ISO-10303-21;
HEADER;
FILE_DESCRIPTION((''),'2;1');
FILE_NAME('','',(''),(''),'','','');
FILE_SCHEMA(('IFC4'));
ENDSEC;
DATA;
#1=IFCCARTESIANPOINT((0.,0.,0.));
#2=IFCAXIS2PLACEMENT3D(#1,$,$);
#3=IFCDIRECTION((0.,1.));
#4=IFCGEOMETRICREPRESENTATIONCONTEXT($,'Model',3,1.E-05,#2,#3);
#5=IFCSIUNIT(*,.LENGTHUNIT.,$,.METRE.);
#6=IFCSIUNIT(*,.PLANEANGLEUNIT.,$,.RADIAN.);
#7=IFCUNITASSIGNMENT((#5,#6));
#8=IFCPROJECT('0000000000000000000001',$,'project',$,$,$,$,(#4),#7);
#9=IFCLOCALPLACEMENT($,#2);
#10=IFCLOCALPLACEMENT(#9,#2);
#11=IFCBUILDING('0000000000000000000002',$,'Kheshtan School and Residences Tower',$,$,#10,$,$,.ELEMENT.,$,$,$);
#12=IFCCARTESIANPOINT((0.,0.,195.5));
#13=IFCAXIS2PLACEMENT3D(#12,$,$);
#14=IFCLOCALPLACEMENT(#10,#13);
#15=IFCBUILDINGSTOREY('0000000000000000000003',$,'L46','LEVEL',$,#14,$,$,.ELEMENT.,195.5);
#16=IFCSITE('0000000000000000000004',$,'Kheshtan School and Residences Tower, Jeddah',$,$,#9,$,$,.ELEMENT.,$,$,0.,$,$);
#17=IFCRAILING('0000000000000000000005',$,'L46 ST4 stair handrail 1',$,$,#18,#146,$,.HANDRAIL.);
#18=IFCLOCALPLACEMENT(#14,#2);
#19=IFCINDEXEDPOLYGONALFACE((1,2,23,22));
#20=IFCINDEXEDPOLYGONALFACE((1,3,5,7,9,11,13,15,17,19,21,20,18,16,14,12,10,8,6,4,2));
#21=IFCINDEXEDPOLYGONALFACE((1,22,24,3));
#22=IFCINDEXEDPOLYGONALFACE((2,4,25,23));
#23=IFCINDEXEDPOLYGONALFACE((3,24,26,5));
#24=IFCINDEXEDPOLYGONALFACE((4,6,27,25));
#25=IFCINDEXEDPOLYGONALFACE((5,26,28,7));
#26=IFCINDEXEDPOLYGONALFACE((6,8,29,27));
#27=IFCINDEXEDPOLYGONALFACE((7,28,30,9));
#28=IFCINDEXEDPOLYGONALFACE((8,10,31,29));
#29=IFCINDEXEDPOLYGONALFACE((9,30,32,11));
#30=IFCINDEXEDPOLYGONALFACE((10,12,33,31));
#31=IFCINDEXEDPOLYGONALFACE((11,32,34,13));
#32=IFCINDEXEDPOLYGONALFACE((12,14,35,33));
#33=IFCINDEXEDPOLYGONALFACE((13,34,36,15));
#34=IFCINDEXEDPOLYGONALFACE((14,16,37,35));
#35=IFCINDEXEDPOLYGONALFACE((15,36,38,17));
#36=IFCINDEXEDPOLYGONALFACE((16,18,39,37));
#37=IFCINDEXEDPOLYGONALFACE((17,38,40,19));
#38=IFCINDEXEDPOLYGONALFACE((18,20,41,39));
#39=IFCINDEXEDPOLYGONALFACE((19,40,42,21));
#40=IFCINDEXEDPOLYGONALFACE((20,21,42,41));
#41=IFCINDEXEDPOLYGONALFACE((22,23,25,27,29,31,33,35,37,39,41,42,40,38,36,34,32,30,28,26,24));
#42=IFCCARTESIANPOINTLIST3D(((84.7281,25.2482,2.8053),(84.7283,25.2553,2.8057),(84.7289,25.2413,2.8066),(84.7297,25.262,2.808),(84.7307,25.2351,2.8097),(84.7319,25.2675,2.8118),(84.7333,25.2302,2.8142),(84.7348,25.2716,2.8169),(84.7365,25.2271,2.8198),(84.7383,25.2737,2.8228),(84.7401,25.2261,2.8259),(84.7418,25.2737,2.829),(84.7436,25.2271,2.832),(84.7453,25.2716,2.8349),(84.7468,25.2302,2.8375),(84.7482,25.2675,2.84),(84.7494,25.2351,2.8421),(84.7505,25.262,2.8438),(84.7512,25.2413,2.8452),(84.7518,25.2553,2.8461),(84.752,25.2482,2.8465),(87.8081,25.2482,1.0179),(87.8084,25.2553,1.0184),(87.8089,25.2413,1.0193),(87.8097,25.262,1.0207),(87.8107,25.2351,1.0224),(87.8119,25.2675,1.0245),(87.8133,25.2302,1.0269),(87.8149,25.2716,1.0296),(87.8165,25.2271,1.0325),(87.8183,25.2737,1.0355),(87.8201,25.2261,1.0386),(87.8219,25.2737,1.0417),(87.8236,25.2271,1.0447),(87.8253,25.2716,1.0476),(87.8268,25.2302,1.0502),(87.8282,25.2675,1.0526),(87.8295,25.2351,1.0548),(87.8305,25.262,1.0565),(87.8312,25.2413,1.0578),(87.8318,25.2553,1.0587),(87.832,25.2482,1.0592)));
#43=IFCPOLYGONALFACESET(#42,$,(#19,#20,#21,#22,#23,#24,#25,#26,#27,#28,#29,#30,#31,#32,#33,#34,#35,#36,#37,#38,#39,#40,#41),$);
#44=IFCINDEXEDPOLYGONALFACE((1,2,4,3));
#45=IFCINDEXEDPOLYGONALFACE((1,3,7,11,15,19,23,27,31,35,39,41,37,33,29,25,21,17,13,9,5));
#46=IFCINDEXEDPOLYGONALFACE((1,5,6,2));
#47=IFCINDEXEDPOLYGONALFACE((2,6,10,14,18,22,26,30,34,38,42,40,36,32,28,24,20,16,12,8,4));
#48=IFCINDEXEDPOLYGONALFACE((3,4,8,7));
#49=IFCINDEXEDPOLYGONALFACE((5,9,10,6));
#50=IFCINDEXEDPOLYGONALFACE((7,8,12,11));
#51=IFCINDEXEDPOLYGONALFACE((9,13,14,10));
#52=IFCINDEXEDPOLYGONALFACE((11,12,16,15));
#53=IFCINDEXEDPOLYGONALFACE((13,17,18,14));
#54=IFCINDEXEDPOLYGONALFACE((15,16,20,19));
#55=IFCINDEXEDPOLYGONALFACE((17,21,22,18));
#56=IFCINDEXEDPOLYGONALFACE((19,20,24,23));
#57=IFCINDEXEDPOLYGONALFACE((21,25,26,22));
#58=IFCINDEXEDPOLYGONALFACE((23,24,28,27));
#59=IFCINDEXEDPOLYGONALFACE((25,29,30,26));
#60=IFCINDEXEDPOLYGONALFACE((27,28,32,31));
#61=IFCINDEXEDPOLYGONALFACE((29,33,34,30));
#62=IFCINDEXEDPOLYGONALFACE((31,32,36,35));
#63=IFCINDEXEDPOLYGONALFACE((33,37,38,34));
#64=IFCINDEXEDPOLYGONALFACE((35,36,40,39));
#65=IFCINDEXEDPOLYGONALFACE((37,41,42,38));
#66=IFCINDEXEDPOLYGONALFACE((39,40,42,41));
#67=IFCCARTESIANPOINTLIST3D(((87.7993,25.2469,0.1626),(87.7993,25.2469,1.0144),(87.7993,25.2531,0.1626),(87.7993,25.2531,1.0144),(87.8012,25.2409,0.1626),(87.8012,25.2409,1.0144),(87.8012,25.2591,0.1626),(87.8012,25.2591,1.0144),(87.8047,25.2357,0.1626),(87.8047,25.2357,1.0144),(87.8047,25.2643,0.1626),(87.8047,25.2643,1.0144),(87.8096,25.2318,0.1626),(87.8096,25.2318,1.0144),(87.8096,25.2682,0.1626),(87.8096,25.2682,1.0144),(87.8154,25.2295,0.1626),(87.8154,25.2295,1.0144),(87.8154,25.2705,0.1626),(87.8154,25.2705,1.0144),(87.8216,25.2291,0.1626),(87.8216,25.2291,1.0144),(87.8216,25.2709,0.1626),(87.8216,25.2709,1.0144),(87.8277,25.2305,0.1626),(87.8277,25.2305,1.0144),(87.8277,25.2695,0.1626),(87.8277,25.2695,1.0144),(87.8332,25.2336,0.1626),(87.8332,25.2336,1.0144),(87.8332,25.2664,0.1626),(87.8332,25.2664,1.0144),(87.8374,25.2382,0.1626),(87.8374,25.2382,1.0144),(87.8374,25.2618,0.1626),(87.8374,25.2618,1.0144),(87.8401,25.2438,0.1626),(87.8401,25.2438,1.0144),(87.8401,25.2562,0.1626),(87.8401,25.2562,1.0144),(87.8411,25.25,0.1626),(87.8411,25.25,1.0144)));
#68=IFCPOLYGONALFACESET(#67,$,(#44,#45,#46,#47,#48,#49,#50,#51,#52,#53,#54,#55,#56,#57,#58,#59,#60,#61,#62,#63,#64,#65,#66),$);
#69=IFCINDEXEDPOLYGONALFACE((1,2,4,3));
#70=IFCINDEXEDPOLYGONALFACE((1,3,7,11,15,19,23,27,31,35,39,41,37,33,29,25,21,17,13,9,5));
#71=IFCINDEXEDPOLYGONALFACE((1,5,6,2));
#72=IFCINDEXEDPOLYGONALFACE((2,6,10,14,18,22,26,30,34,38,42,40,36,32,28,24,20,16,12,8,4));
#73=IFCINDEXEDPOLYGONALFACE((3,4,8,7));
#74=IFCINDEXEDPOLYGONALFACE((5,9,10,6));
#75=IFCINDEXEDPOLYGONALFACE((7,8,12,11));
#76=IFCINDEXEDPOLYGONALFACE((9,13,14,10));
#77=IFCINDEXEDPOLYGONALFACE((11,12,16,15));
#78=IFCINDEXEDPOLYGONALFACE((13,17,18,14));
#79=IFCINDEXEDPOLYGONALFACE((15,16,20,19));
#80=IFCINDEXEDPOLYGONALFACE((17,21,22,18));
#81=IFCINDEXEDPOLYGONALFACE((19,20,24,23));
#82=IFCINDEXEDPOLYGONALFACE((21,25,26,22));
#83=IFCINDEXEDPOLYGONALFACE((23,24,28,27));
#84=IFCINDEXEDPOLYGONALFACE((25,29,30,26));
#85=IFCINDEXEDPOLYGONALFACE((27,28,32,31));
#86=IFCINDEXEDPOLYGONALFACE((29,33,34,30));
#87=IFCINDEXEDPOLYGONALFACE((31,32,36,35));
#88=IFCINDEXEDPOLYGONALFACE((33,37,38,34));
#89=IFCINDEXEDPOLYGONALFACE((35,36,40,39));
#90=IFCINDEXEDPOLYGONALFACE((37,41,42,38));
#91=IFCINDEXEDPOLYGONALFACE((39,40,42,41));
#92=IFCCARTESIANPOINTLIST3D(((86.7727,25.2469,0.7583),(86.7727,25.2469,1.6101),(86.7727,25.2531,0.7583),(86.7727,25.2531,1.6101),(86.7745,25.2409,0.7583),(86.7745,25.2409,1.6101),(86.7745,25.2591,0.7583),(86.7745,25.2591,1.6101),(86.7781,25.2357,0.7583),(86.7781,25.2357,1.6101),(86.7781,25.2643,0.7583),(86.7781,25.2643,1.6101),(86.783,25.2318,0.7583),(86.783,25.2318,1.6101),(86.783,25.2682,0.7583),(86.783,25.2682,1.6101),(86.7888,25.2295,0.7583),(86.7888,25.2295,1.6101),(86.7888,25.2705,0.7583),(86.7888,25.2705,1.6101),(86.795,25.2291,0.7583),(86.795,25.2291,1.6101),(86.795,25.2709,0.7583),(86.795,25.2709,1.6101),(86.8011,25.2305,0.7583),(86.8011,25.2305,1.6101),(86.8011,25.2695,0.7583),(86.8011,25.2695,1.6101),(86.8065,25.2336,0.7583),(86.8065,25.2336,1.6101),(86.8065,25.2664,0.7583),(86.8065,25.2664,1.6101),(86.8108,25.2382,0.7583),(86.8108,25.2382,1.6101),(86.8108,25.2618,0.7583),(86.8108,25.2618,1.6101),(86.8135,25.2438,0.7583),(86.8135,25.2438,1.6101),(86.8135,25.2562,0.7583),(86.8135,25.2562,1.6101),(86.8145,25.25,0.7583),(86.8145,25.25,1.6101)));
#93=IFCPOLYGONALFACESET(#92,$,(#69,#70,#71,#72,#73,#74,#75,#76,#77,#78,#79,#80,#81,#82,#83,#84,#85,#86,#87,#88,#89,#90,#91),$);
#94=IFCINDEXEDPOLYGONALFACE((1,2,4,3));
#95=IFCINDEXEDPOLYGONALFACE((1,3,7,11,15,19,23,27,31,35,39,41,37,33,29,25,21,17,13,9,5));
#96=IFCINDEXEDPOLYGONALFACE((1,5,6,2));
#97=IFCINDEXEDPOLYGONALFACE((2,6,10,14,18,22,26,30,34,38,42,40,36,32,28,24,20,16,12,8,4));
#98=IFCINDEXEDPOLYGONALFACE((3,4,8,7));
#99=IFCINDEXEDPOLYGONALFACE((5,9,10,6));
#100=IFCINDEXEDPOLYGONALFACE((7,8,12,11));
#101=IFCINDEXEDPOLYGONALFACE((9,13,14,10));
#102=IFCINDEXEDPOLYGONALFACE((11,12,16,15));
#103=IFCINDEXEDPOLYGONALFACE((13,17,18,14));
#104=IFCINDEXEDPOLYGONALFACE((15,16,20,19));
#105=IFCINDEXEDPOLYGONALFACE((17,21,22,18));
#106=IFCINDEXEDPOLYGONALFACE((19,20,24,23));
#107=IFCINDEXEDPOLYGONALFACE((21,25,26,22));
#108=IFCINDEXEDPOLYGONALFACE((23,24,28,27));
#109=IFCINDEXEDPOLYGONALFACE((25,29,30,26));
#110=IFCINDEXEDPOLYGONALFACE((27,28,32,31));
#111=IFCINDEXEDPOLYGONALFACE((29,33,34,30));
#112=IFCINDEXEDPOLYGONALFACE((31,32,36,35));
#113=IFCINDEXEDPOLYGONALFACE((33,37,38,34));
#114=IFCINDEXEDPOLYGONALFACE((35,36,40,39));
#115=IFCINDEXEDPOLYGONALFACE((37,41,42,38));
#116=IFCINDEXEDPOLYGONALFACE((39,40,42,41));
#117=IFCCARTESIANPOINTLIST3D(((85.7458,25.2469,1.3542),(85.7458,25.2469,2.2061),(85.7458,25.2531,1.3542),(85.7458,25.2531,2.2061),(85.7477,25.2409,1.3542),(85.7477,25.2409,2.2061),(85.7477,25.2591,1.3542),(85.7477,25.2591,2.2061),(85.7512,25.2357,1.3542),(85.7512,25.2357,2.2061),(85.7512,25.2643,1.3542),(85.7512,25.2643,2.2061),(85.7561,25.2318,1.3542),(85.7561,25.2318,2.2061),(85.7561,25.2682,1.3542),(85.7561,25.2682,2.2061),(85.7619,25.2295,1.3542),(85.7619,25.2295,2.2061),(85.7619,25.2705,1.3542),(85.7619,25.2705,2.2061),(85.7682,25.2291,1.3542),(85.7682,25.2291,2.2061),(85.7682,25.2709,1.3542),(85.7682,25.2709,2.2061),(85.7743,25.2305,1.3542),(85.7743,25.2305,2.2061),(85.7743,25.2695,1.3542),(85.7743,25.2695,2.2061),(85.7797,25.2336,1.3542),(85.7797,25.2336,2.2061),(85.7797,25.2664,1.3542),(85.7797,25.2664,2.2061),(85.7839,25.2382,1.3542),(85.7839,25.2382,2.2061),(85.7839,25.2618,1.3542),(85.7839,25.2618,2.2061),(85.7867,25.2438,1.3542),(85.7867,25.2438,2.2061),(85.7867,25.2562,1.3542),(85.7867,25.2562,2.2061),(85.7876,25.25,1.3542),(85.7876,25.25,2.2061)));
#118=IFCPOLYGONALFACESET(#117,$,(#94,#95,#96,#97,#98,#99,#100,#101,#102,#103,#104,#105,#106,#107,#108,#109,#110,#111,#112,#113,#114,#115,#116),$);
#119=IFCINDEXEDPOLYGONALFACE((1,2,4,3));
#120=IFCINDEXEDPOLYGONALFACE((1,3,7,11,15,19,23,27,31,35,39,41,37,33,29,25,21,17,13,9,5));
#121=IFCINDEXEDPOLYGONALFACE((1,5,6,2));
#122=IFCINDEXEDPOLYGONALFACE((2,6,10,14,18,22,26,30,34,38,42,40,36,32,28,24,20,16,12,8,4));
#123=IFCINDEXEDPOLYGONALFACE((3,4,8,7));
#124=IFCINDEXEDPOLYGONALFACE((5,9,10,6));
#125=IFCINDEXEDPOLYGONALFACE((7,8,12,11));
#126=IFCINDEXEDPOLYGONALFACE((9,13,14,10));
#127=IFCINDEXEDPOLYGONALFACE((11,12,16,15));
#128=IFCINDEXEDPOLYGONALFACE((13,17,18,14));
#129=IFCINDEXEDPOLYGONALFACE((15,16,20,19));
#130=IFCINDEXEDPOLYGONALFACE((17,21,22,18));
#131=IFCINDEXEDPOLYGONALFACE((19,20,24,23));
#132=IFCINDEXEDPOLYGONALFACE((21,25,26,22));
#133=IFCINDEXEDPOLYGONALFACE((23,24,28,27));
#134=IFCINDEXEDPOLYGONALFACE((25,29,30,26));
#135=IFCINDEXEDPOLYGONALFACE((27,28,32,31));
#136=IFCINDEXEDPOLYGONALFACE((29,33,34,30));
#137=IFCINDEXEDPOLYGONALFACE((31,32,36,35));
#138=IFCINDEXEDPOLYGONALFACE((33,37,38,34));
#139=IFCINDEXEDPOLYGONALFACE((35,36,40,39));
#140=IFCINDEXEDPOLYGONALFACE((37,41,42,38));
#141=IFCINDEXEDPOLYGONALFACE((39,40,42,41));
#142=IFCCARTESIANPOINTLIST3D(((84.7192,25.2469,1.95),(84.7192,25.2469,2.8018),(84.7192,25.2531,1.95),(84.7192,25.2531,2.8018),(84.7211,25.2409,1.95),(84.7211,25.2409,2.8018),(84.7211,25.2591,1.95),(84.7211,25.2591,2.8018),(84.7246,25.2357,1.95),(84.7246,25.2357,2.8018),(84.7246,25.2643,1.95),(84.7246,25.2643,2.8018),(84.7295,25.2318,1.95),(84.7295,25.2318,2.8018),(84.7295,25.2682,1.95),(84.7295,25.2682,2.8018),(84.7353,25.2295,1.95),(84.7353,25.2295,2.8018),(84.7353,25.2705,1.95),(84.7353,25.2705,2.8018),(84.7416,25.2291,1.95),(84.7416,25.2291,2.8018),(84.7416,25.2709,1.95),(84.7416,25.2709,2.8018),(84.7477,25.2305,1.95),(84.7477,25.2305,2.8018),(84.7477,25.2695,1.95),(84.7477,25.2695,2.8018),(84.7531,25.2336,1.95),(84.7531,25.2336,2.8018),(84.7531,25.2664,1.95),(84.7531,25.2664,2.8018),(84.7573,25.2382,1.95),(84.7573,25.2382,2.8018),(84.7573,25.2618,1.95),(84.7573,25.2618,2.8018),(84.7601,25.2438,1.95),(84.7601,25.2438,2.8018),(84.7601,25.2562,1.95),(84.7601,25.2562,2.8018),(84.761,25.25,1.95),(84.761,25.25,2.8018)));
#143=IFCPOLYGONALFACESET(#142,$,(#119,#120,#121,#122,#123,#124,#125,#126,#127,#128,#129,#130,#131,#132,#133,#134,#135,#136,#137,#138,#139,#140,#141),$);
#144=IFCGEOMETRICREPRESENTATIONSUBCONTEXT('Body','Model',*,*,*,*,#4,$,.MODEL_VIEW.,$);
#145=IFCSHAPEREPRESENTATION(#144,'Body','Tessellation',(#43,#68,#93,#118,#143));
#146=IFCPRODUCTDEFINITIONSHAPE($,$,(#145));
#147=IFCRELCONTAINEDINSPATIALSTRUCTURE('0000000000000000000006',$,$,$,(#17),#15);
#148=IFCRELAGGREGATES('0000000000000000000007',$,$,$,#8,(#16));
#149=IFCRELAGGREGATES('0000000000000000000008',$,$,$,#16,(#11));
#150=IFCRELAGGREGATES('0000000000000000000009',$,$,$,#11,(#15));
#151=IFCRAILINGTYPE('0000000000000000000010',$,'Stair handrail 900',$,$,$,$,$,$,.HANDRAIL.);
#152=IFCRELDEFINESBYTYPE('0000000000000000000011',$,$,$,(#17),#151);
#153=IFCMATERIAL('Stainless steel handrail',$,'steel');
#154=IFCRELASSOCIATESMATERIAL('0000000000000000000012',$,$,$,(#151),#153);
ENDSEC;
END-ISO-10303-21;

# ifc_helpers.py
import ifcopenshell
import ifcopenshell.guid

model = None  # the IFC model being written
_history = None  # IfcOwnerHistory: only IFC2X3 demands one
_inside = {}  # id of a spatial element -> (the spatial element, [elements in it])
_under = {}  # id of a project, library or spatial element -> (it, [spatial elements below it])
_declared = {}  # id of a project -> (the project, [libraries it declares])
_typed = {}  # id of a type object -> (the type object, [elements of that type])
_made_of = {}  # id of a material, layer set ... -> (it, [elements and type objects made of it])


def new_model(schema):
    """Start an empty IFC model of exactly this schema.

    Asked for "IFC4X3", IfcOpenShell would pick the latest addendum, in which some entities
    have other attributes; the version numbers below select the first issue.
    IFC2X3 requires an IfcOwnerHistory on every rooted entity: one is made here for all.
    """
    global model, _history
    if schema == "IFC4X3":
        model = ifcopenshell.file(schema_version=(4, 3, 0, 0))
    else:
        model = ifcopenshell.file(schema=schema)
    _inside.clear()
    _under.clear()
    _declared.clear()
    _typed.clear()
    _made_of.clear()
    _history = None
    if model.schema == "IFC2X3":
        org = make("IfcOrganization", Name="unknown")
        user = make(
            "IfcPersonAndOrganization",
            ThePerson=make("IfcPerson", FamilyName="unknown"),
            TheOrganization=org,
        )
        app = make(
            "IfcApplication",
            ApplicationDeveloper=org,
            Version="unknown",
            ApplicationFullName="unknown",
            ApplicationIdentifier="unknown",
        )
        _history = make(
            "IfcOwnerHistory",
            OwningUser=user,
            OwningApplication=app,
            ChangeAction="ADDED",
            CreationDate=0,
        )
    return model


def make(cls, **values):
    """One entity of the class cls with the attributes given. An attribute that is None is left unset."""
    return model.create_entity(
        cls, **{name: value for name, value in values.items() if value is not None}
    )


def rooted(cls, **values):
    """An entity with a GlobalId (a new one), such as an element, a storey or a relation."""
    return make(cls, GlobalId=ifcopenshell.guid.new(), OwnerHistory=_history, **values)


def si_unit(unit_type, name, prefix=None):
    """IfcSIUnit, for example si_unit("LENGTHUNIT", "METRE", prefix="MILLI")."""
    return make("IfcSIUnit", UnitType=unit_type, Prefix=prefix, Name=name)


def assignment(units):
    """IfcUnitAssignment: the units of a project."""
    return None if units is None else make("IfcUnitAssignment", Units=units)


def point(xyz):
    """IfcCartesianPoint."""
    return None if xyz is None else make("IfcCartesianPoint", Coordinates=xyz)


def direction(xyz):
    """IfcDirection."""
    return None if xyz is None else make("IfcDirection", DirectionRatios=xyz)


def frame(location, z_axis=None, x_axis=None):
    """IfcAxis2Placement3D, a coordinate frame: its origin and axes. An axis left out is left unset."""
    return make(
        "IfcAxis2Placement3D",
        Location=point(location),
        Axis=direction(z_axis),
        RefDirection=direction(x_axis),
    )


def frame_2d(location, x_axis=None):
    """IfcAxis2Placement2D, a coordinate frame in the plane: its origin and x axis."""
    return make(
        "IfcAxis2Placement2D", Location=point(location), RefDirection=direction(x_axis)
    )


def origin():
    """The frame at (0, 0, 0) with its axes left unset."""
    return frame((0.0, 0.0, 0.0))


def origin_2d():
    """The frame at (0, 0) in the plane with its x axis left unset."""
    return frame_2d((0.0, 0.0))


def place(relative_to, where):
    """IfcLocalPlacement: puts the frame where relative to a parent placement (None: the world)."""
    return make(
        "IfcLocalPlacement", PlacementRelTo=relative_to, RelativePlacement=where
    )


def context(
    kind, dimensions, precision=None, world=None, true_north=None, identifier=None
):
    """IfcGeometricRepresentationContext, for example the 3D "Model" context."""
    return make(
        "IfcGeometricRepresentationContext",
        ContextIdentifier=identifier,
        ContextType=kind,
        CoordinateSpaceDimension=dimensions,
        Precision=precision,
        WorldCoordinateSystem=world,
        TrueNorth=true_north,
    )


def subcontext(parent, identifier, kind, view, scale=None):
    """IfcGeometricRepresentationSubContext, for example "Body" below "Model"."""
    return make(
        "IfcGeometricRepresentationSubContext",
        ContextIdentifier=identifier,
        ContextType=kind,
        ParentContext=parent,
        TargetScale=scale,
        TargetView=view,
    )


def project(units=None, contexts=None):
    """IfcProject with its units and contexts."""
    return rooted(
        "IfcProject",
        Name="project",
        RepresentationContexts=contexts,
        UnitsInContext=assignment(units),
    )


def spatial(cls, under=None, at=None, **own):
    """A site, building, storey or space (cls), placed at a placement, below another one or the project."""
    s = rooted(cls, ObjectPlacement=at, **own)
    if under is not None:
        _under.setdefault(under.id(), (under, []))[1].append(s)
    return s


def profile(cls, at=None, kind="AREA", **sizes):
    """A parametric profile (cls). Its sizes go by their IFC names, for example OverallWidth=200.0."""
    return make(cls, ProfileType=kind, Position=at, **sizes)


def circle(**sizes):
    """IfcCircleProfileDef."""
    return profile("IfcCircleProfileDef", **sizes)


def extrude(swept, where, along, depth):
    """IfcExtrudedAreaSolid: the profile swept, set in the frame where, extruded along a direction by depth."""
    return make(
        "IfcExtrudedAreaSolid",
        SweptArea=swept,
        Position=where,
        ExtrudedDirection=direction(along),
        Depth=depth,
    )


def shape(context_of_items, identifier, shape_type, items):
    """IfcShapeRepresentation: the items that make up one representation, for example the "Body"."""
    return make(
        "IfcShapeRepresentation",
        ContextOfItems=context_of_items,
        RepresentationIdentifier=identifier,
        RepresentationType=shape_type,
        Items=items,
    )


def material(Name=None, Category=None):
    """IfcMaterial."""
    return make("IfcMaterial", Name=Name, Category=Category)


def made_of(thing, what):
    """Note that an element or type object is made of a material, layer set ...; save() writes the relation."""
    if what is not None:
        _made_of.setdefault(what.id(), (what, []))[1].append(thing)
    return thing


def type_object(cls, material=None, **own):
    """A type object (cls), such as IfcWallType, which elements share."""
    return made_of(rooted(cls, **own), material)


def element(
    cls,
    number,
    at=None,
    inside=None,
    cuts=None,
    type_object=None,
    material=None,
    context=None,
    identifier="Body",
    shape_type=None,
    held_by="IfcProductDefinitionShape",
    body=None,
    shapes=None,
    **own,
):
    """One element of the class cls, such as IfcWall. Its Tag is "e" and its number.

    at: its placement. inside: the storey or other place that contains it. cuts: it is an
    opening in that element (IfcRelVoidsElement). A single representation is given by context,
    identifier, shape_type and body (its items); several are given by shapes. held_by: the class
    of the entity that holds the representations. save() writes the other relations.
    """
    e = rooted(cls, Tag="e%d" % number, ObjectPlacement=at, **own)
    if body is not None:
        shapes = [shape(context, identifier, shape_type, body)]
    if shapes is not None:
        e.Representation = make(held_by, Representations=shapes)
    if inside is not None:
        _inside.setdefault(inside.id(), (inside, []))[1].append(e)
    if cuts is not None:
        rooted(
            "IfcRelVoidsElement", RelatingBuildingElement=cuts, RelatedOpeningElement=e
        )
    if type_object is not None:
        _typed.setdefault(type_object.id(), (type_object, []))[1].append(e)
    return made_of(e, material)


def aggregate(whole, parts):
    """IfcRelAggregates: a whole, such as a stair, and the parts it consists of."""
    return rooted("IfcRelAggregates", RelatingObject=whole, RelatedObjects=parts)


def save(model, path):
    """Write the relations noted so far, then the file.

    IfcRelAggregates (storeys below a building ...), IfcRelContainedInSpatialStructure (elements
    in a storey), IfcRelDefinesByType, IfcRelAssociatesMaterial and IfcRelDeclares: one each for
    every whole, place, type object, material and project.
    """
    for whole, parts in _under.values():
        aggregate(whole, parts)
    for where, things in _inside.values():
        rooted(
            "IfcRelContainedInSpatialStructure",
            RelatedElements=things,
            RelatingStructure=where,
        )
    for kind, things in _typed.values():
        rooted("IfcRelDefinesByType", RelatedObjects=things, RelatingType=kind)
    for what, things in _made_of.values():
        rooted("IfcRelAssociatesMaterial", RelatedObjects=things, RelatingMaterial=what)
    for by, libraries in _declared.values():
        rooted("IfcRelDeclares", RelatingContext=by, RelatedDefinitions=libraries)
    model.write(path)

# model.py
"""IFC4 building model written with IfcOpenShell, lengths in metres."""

from ifc_helpers import new_model, si_unit, direction, frame, origin, origin_2d, place, context, subcontext, project, spatial, circle, extrude, material, type_object, element, save


model = new_model("IFC4")

# Units and contexts
model_context = context("Model", 3, precision=1e-05, world=origin(), true_north=direction((0.0, 1.0)))
body_context = subcontext(model_context, "Body", "Model", "MODEL_VIEW")
ifc_project = project(units=[si_unit("LENGTHUNIT", "METRE"), si_unit("PLANEANGLEUNIT", "RADIAN")], contexts=[model_context])

# Site, building, storey
site_placement = place(None, origin())
site = spatial("IfcSite", under=ifc_project, at=site_placement, Name="Kheshtan School and Residences Tower, Jeddah", CompositionType="ELEMENT", RefElevation=0.0)
building_placement = place(site_placement, origin())
building = spatial("IfcBuilding", under=site, at=building_placement, Name="Kheshtan School and Residences Tower", CompositionType="ELEMENT")
storey_placement = place(building_placement, frame((0.0, 0.0, 195.5)))
storey = spatial("IfcBuildingStorey", under=building, at=storey_placement, Name="L46", Description="LEVEL", CompositionType="ELEMENT", Elevation=195.5)

# Railing
ifc_material_1 = material(Name="Stainless steel handrail", Category="steel")
railing_type_1 = type_object("IfcRailingType", Name="Stair handrail 900", PredefinedType="HANDRAIL", material=ifc_material_1)
railing_1_placement = place(storey_placement, frame((87.8201, 25.25, 0.1626)))
element("IfcRailing", 1, at=railing_1_placement, inside=storey, type_object=railing_type_1, Name="L46 ST4 stair handrail 1", PredefinedType="HANDRAIL", context=body_context, shape_type="SweptSolid", body=[
    extrude(circle(Radius=0.0239, at=origin_2d()), frame((0.0, 0.0, 0.876), z_axis=(-0.86492, 0.0, 0.501909), x_axis=(0.0, -1.0, 0.0)), (0.0, 0.0, 1.0), 3.561),
    extrude(circle(Radius=0.021, at=origin_2d()), origin(), (0.0, 0.0, 1.0), 0.8518),
    extrude(circle(Radius=0.021, at=origin_2d()), frame((-1.0266, 0.0, 0.5957)), (0.0, 0.0, 1.0), 0.8518),
    extrude(circle(Radius=0.021, at=origin_2d()), frame((-2.0535, 0.0, 1.1917)), (0.0, 0.0, 1.0), 0.8518),
    extrude(circle(Radius=0.021, at=origin_2d()), frame((-3.0801, 0.0, 1.7874)), (0.0, 0.0, 1.0), 0.8518),
])

save(model, "model.ifc")
